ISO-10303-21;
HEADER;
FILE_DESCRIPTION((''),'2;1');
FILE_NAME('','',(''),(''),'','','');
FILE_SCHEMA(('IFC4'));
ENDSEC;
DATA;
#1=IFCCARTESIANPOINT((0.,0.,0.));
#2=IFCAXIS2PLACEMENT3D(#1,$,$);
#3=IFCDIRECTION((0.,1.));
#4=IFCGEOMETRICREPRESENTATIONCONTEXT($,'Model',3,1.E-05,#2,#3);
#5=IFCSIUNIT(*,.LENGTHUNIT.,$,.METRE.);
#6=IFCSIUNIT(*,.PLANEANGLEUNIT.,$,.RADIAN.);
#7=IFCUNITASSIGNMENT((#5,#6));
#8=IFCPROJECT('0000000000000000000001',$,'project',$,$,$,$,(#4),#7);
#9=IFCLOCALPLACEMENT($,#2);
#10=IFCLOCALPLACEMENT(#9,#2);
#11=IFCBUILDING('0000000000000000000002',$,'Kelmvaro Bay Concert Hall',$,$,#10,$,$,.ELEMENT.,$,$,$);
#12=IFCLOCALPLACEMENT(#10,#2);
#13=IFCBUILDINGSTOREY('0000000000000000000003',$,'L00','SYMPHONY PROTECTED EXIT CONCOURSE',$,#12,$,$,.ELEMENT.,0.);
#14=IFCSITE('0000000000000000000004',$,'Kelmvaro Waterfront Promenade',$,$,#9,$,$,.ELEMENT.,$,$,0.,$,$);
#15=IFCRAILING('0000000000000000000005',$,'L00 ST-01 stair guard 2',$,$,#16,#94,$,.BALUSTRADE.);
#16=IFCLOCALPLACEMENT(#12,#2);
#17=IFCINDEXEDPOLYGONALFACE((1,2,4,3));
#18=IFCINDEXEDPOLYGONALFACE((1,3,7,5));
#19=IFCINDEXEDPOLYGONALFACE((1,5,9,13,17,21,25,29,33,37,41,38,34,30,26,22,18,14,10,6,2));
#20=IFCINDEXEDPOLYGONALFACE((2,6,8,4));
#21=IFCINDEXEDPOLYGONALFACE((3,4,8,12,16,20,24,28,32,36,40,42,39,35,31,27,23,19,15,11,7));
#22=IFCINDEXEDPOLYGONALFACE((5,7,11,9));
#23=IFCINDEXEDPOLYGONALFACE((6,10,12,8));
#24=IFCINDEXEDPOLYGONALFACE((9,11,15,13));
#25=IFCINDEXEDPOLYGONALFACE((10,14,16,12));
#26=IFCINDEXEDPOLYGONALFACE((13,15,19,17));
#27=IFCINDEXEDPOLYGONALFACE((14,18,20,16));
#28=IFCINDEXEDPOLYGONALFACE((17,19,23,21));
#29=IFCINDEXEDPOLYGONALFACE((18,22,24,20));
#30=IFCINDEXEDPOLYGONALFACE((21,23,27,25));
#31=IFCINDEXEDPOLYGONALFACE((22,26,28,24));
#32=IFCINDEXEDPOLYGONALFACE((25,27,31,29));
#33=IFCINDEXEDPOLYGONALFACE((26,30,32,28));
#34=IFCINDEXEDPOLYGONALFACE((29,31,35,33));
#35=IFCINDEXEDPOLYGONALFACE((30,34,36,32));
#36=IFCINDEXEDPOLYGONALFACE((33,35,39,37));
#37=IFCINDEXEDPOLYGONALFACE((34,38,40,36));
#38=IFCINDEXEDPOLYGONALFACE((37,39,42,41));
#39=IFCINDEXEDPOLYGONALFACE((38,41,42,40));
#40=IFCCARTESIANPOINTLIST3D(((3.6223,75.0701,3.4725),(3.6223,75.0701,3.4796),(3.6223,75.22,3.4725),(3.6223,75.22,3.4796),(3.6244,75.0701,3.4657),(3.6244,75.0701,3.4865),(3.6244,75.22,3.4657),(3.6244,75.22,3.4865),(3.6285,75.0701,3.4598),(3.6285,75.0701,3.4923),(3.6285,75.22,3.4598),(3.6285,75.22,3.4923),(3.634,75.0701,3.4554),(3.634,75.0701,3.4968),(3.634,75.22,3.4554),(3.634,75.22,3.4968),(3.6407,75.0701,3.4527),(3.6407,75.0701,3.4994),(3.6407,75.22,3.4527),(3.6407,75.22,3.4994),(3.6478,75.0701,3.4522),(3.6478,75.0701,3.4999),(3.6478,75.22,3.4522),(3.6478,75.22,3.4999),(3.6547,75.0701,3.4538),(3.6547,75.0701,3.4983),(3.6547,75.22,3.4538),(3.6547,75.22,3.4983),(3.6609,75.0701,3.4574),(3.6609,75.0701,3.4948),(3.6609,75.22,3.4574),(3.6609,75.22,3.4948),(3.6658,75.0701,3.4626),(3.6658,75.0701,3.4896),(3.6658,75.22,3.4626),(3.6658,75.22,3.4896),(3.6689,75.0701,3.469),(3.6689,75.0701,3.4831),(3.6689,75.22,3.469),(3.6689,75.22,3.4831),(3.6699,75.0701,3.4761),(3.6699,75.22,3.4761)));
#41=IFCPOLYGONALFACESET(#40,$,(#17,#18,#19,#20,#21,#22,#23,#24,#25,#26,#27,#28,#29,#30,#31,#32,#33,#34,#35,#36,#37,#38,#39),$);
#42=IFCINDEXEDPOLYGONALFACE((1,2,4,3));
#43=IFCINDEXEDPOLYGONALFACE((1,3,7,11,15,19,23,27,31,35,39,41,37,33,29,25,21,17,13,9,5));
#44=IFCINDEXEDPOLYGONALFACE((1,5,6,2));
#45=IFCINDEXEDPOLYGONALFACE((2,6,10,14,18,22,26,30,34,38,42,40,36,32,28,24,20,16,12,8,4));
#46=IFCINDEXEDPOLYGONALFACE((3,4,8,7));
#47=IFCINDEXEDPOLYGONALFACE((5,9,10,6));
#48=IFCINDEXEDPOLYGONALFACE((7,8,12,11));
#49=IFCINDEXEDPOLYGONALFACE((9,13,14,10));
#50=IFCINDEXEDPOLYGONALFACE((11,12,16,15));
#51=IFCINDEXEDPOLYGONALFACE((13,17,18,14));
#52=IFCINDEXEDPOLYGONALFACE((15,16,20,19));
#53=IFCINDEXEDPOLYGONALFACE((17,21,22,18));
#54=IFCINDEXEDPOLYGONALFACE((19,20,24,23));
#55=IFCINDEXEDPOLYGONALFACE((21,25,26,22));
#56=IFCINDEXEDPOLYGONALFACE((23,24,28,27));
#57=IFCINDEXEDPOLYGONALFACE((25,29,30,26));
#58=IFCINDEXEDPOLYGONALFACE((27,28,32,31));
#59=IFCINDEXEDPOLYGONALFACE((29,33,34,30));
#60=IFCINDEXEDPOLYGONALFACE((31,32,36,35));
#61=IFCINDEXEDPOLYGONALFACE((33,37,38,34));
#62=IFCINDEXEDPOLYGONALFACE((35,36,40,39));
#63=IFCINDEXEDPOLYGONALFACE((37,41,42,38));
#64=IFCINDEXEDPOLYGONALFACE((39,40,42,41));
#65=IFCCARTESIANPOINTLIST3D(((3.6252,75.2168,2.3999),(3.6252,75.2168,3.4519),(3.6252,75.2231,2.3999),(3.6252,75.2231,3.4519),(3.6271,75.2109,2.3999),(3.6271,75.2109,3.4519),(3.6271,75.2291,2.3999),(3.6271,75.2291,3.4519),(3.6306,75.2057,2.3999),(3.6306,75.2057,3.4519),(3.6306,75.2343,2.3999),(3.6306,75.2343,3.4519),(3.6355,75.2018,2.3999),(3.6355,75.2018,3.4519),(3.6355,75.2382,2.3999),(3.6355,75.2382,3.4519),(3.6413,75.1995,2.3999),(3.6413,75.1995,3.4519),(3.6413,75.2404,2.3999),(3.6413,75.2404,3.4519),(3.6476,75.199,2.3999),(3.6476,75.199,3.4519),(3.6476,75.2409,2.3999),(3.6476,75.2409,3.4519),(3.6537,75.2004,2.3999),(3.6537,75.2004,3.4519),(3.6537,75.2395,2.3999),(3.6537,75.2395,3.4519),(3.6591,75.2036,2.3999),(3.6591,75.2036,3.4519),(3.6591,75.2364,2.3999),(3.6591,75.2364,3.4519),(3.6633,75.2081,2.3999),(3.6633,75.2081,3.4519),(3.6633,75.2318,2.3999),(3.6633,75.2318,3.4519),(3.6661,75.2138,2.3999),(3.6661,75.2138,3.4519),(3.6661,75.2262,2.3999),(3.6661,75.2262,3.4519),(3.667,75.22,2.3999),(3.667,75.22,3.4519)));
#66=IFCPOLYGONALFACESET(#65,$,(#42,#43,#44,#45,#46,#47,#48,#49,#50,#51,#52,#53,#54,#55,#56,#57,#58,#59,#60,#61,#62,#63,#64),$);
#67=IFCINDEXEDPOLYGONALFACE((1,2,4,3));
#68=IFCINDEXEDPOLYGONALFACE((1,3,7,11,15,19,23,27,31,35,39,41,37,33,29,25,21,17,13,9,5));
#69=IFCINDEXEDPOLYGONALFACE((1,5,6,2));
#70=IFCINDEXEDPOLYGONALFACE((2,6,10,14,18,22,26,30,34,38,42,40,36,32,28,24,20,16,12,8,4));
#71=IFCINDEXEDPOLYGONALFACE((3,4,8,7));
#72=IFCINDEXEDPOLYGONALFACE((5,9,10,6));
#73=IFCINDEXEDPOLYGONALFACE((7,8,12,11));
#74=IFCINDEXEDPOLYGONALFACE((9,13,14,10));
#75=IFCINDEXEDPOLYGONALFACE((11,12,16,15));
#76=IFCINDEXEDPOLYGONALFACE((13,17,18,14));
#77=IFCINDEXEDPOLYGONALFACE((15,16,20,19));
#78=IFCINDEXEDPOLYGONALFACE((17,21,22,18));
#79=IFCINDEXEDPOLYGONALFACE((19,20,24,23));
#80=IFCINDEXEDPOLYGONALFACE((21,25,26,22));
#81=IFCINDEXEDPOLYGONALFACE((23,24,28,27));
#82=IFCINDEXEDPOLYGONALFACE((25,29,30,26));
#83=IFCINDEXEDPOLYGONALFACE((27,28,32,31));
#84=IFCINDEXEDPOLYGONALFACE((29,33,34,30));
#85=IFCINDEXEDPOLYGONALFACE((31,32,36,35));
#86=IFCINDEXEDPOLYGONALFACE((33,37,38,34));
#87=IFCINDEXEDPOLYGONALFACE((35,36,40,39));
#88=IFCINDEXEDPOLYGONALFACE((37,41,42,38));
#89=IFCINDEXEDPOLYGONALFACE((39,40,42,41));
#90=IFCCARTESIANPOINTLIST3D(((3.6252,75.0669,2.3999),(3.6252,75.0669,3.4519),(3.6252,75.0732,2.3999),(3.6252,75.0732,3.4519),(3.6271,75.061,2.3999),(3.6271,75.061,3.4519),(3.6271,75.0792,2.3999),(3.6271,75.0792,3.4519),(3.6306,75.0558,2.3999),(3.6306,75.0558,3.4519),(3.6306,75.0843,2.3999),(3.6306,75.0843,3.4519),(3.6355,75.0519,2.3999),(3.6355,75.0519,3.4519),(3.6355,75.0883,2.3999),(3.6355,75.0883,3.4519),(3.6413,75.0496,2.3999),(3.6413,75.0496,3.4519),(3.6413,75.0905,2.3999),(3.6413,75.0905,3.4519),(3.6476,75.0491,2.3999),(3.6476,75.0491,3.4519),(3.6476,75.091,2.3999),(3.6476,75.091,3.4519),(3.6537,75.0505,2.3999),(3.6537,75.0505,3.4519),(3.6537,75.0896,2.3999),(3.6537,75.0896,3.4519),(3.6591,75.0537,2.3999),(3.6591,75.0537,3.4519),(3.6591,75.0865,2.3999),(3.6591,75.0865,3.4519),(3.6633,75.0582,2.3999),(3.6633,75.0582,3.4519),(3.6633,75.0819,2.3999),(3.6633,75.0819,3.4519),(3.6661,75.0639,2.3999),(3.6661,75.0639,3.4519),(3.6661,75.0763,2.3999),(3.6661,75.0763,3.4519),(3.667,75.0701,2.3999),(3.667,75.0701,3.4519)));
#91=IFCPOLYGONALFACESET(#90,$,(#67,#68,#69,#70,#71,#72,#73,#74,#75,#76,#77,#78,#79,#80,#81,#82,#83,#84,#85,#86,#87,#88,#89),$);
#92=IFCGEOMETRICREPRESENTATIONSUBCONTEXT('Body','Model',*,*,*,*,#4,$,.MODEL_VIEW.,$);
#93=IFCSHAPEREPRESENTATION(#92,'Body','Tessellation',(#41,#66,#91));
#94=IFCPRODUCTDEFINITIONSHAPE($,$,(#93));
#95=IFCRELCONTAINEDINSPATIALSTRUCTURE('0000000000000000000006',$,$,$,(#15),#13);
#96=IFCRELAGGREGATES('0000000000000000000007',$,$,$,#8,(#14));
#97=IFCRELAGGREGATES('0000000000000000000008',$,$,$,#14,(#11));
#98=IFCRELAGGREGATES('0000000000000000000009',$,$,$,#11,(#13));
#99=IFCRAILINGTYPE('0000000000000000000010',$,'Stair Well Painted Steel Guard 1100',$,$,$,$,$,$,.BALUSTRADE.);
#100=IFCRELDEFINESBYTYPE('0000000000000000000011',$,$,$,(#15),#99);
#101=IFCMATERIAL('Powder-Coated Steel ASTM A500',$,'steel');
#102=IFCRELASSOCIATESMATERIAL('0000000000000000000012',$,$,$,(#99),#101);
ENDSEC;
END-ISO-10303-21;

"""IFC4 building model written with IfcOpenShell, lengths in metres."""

from ifc_helpers import new_model, si_unit, direction, frame, origin, origin_2d, place, context, subcontext, project, spatial, circle, extrude, material, type_object, element, save


model = new_model("IFC4")

# Units and contexts
model_context = context("Model", 3, precision=1e-05, world=origin(), true_north=direction((0.0, 1.0)))
body_context = subcontext(model_context, "Body", "Model", "MODEL_VIEW")
ifc_project = project(units=[si_unit("LENGTHUNIT", "METRE"), si_unit("PLANEANGLEUNIT", "RADIAN")], contexts=[model_context])

# Site, building, storey
site_placement = place(None, origin())
site = spatial("IfcSite", under=ifc_project, at=site_placement, Name="Kelmvaro Waterfront Promenade", CompositionType="ELEMENT", RefElevation=0.0)
building_placement = place(site_placement, origin())
building = spatial("IfcBuilding", under=site, at=building_placement, Name="Kelmvaro Bay Concert Hall", CompositionType="ELEMENT")
storey_placement = place(building_placement, origin())
storey = spatial("IfcBuildingStorey", under=building, at=storey_placement, Name="L00", Description="SYMPHONY PROTECTED EXIT CONCOURSE", CompositionType="ELEMENT", Elevation=0.0)

# Railing
ifc_material_1 = material(Name="Powder-Coated Steel ASTM A500", Category="steel")
railing_type_1 = type_object("IfcRailingType", Name="Stair Well Painted Steel Guard 1100", PredefinedType="BALUSTRADE", material=ifc_material_1)
railing_1_placement = place(storey_placement, frame((3.646, 75.22, 2.3999)))
element("IfcRailing", 1, at=railing_1_placement, inside=storey, type_object=railing_type_1, Name="L00 ST-01 stair guard 2", PredefinedType="BALUSTRADE", context=body_context, shape_type="SweptSolid", body=[
    extrude(circle(Radius=0.0239, at=origin_2d()), frame((0.0, 0.0, 1.0762), z_axis=(0.0, -1.0, 0.0), x_axis=(1.0, 0.0, 0.0)), (0.0, 0.0, 1.0), 0.1499),
    extrude(circle(Radius=0.021, at=origin_2d()), origin(), (0.0, 0.0, 1.0), 1.052),
    extrude(circle(Radius=0.021, at=origin_2d()), frame((0.0, -0.1499, 0.0)), (0.0, 0.0, 1.0), 1.052),
])

save(model, "model.ifc")
